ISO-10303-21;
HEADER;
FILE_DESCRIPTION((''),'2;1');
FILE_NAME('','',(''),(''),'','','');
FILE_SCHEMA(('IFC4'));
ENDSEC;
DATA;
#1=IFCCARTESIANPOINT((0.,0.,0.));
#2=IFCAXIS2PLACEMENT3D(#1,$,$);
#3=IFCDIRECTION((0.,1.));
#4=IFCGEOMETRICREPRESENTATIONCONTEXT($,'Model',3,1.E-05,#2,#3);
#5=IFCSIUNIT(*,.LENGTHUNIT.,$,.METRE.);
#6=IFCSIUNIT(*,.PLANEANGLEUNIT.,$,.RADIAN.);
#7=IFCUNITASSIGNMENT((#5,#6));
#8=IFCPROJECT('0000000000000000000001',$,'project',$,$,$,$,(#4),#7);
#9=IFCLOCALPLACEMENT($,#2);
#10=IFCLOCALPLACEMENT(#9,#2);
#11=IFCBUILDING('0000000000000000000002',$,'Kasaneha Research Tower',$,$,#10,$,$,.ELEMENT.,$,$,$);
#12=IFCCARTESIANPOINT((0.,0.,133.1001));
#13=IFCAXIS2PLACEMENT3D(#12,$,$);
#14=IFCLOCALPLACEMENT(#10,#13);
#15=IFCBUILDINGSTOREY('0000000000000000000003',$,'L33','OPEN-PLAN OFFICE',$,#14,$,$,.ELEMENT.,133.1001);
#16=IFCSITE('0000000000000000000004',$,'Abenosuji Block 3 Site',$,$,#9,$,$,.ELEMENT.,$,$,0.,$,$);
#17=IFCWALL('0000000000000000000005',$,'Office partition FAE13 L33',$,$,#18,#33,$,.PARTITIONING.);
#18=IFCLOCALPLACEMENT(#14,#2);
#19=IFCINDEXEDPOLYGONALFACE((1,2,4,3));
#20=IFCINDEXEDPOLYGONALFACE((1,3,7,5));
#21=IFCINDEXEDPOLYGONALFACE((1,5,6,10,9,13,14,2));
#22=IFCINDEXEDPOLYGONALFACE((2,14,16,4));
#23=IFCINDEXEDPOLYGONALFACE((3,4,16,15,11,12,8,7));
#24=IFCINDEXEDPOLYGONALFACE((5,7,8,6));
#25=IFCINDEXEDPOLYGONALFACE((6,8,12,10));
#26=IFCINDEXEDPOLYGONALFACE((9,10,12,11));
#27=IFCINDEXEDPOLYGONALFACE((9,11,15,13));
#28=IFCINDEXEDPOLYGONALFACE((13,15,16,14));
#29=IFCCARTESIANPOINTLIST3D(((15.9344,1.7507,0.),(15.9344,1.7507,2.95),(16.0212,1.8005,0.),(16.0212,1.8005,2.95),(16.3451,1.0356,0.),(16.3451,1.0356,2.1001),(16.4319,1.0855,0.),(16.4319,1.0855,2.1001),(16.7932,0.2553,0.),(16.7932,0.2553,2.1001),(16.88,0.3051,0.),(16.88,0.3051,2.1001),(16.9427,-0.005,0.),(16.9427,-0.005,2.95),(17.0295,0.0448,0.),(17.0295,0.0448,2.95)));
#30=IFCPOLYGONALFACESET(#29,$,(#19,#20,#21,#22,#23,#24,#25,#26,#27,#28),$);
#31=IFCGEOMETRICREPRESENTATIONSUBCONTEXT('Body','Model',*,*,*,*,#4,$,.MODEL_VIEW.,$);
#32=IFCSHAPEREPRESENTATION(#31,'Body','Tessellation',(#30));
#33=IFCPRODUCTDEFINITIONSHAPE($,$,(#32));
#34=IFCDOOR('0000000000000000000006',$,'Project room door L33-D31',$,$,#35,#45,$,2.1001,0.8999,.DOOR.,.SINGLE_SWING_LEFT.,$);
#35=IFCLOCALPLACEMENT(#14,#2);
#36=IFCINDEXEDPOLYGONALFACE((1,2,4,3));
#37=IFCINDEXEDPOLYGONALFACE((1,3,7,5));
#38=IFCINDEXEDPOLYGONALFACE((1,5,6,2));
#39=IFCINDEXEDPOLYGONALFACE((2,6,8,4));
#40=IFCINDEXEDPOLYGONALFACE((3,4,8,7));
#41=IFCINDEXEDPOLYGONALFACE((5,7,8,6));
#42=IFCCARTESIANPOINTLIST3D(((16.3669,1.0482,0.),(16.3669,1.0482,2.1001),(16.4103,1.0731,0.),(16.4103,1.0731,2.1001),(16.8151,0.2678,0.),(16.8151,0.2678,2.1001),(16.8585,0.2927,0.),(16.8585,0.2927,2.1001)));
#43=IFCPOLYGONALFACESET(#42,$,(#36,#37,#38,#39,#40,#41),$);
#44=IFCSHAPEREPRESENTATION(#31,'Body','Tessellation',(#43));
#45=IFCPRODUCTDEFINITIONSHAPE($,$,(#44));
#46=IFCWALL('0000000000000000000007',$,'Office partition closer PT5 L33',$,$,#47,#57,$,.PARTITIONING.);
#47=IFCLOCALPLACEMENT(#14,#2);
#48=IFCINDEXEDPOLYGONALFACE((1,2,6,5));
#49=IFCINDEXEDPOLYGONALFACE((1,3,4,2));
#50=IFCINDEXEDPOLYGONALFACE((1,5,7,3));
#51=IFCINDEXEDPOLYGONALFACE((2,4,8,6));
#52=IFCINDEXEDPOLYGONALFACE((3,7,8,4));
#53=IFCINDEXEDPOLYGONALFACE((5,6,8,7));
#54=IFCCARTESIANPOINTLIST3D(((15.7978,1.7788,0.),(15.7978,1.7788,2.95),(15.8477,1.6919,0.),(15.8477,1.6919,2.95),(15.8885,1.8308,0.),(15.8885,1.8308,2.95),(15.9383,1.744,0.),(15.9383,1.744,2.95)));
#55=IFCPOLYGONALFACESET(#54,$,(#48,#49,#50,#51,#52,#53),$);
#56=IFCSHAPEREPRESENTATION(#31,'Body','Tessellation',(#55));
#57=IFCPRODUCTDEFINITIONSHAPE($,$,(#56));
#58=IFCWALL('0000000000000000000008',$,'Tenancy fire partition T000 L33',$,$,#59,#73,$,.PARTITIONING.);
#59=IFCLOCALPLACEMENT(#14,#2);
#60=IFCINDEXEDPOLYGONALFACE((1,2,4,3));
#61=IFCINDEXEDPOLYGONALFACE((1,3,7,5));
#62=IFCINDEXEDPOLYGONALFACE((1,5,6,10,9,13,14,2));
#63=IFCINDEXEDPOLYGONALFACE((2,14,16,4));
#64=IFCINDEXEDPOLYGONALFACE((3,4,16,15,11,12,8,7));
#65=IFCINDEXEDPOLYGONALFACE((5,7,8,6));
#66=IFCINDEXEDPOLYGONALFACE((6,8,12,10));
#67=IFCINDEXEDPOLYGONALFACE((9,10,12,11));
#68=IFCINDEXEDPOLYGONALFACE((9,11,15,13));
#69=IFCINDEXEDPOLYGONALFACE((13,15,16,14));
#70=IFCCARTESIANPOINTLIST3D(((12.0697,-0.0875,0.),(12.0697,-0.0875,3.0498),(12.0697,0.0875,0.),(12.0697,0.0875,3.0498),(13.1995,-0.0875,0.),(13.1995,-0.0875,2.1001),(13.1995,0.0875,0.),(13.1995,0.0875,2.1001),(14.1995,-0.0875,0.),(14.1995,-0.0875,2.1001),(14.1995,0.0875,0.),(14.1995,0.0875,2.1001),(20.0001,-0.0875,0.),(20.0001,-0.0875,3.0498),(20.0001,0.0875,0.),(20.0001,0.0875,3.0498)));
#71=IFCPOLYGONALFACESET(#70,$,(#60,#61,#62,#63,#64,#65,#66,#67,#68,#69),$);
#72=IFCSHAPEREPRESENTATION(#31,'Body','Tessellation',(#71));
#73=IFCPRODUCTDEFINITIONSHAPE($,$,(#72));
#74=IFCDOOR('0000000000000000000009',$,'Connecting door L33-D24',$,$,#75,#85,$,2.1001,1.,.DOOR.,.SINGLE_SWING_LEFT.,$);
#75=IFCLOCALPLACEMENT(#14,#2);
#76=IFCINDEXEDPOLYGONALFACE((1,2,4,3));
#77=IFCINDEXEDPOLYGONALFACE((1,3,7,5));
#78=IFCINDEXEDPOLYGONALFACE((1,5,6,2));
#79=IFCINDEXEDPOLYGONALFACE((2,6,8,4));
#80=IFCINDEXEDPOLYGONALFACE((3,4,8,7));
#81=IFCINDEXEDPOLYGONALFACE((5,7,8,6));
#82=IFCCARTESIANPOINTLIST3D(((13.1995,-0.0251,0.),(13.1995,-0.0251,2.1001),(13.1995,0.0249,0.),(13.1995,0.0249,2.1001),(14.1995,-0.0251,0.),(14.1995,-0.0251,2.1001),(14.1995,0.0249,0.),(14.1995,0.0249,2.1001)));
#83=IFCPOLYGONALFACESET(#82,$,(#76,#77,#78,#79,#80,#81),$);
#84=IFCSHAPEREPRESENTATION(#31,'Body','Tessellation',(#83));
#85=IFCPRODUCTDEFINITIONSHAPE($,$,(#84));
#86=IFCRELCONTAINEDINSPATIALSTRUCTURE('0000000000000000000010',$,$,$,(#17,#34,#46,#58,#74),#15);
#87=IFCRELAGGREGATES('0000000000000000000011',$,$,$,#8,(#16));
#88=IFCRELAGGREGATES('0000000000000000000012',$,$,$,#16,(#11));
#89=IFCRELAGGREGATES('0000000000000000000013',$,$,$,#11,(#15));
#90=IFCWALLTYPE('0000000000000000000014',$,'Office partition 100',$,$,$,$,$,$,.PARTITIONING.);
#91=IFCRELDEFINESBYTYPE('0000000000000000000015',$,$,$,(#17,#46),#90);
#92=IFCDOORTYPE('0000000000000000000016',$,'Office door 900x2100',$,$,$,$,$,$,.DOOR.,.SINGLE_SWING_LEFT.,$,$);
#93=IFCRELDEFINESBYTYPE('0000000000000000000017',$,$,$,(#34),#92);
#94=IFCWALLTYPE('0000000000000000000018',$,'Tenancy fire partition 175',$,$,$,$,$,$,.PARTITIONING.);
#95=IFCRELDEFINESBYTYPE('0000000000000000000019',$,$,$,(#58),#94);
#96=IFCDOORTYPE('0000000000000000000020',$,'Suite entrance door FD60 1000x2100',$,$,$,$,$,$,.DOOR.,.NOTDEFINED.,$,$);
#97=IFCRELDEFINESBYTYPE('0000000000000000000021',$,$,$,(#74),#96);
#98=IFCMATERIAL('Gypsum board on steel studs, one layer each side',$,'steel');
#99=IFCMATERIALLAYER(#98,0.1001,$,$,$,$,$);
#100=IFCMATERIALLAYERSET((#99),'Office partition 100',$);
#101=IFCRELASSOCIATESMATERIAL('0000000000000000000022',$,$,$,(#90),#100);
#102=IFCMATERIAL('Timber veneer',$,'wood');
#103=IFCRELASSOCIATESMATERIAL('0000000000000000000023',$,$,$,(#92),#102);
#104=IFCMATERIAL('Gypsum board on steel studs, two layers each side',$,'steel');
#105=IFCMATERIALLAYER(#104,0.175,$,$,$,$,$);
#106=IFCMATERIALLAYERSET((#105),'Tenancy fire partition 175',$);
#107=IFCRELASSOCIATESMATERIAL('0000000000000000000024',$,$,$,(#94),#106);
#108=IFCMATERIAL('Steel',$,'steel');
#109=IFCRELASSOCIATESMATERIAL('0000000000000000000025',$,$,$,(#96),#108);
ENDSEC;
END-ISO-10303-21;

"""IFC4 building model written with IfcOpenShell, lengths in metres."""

from ifc_helpers import new_model, si_unit, direction, frame, frame_2d, origin, place, context, subcontext, project, spatial, rectangle, extrude, material, layer, layer_set, type_object, element, fill, save


model = new_model("IFC4")

# Units and contexts
model_context = context("Model", 3, precision=1e-05, world=origin(), true_north=direction((0.0, 1.0)))
body_context = subcontext(model_context, "Body", "Model", "MODEL_VIEW")
ifc_project = project(units=[si_unit("LENGTHUNIT", "METRE"), si_unit("PLANEANGLEUNIT", "RADIAN")], contexts=[model_context])

# Site, building, storey
site_placement = place(None, origin())
site = spatial("IfcSite", under=ifc_project, at=site_placement, Name="Abenosuji Block 3 Site", CompositionType="ELEMENT", RefElevation=0.0)
building_placement = place(site_placement, origin())
building = spatial("IfcBuilding", under=site, at=building_placement, Name="Kasaneha Research Tower", CompositionType="ELEMENT")
storey_placement = place(building_placement, frame((0.0, 0.0, 133.1001)))
storey = spatial("IfcBuildingStorey", under=building, at=storey_placement, Name="L33", Description="OPEN-PLAN OFFICE", CompositionType="ELEMENT", Elevation=133.1001)

# Shared definitions
ifc_material_1 = material(Name="Gypsum board on steel studs, one layer each side", Category="steel")
ifc_layer_1 = layer(ifc_material_1, 0.1001)
ifc_layer_set_1 = layer_set([ifc_layer_1], Name="Office partition 100")
wall_type_1 = type_object("IfcWallType", Name="Office partition 100", PredefinedType="PARTITIONING", material=ifc_layer_set_1)

# Wall, opening, door
ifc_material_2 = material(Name="Timber veneer", Category="wood")
door_type_1 = type_object("IfcDoorType", Name="Office door 900x2100", OperationType="SINGLE_SWING_LEFT", PredefinedType="DOOR", material=ifc_material_2)
wall_1_placement = place(storey_placement, frame((16.9861, 0.02, 0.0), z_axis=(0.0, 0.0, 1.0), x_axis=(-0.498034, 0.867158, 0.0)))
wall_1 = element("IfcWall", 1, at=wall_1_placement, inside=storey, type_object=wall_type_1, Name="Office partition FAE13 L33", PredefinedType="PARTITIONING", context=body_context, shape_type="SweptSolid", body=[
    extrude(rectangle(XDim=2.0247, YDim=0.1001, at=frame_2d((1.0122, 0.0))), origin(), (0.0, 0.0, 1.0), 2.95),
])
opening_1_placement = place(wall_1_placement, frame((0.3, 0.0, 0.0)))
opening_1 = element("IfcOpeningElement", 2, at=opening_1_placement, cuts=wall_1, PredefinedType="OPENING", context=body_context, shape_type="SweptSolid", body=[
    extrude(rectangle(XDim=0.8999, YDim=2.1001, at=frame_2d((0.45, 1.05))), frame((0.0, 0.0601, 0.0), z_axis=(0.0, -1.0, 0.0), x_axis=(1.0, 0.0, 0.0)), (0.0, 0.0, 1.0), 0.1201),
])
door_1_placement = place(opening_1_placement, origin())
door_1 = element("IfcDoor", 3, at=door_1_placement, inside=storey, type_object=door_type_1, Name="Project room door L33-D31", OperationType="SINGLE_SWING_LEFT", OverallHeight=2.1001, OverallWidth=0.8999, PredefinedType="DOOR", context=body_context, shape_type="SweptSolid", body=[
    extrude(rectangle(XDim=0.8999, YDim=2.1001, at=frame_2d((0.45, 1.05))), frame((0.0, 0.0249, 0.0), z_axis=(0.0, -1.0, 0.0), x_axis=(1.0, 0.0, 0.0)), (0.0, 0.0, 1.0), 0.05),
])
fill(opening_1, door_1)

# Wall
wall_2_placement = place(storey_placement, frame((15.8228, 1.7354, 0.0), z_axis=(0.0, 0.0, 1.0), x_axis=(0.867234, 0.4979, 0.0)))
element("IfcWall", 4, at=wall_2_placement, inside=storey, type_object=wall_type_1, Name="Office partition closer PT5 L33", PredefinedType="PARTITIONING", context=body_context, shape_type="SweptSolid", body=[
    extrude(rectangle(XDim=0.1045, YDim=0.1001, at=frame_2d((0.0522, 0.0))), origin(), (0.0, 0.0, 1.0), 2.95),
])

# Wall, opening, door
ifc_material_3 = material(Name="Gypsum board on steel studs, two layers each side", Category="steel")
ifc_layer_2 = layer(ifc_material_3, 0.175)
ifc_layer_set_2 = layer_set([ifc_layer_2], Name="Tenancy fire partition 175")
wall_type_2 = type_object("IfcWallType", Name="Tenancy fire partition 175", PredefinedType="PARTITIONING", material=ifc_layer_set_2)
wall_3_placement = place(storey_placement, frame((12.0696, 0.0, 0.0), z_axis=(0.0, 0.0, 1.0), x_axis=(1.0, 0.0, 0.0)))
wall_3 = element("IfcWall", 5, at=wall_3_placement, inside=storey, type_object=wall_type_2, Name="Tenancy fire partition T000 L33", PredefinedType="PARTITIONING", context=body_context, shape_type="SweptSolid", body=[
    extrude(rectangle(XDim=7.9304, YDim=0.175, at=frame_2d((3.9653, 0.0))), origin(), (0.0, 0.0, 1.0), 3.0498),
])
opening_2_placement = place(wall_3_placement, frame((1.1299, 0.0, 0.0)))
opening_2 = element("IfcOpeningElement", 6, at=opening_2_placement, cuts=wall_3, PredefinedType="OPENING", context=body_context, shape_type="SweptSolid", body=[
    extrude(rectangle(XDim=1.0, YDim=2.1001, at=frame_2d((0.5, 1.05))), frame((0.0, 0.0977, 0.0), z_axis=(0.0, -1.0, 0.0), x_axis=(1.0, 0.0, 0.0)), (0.0, 0.0, 1.0), 0.1951),
])
ifc_material_4 = material(Name="Steel", Category="steel")
door_type_2 = type_object("IfcDoorType", Name="Suite entrance door FD60 1000x2100", OperationType="NOTDEFINED", PredefinedType="DOOR", material=ifc_material_4)
door_2_placement = place(opening_2_placement, origin())
door_2 = element("IfcDoor", 7, at=door_2_placement, inside=storey, type_object=door_type_2, Name="Connecting door L33-D24", OperationType="SINGLE_SWING_LEFT", OverallHeight=2.1001, OverallWidth=1.0, PredefinedType="DOOR", context=body_context, shape_type="SweptSolid", body=[
    extrude(rectangle(XDim=1.0, YDim=2.1001, at=frame_2d((0.5, 1.05))), frame((0.0, 0.0249, 0.0), z_axis=(0.0, -1.0, 0.0), x_axis=(1.0, 0.0, 0.0)), (0.0, 0.0, 1.0), 0.05),
])
fill(opening_2, door_2)

save(model, "model.ifc")
